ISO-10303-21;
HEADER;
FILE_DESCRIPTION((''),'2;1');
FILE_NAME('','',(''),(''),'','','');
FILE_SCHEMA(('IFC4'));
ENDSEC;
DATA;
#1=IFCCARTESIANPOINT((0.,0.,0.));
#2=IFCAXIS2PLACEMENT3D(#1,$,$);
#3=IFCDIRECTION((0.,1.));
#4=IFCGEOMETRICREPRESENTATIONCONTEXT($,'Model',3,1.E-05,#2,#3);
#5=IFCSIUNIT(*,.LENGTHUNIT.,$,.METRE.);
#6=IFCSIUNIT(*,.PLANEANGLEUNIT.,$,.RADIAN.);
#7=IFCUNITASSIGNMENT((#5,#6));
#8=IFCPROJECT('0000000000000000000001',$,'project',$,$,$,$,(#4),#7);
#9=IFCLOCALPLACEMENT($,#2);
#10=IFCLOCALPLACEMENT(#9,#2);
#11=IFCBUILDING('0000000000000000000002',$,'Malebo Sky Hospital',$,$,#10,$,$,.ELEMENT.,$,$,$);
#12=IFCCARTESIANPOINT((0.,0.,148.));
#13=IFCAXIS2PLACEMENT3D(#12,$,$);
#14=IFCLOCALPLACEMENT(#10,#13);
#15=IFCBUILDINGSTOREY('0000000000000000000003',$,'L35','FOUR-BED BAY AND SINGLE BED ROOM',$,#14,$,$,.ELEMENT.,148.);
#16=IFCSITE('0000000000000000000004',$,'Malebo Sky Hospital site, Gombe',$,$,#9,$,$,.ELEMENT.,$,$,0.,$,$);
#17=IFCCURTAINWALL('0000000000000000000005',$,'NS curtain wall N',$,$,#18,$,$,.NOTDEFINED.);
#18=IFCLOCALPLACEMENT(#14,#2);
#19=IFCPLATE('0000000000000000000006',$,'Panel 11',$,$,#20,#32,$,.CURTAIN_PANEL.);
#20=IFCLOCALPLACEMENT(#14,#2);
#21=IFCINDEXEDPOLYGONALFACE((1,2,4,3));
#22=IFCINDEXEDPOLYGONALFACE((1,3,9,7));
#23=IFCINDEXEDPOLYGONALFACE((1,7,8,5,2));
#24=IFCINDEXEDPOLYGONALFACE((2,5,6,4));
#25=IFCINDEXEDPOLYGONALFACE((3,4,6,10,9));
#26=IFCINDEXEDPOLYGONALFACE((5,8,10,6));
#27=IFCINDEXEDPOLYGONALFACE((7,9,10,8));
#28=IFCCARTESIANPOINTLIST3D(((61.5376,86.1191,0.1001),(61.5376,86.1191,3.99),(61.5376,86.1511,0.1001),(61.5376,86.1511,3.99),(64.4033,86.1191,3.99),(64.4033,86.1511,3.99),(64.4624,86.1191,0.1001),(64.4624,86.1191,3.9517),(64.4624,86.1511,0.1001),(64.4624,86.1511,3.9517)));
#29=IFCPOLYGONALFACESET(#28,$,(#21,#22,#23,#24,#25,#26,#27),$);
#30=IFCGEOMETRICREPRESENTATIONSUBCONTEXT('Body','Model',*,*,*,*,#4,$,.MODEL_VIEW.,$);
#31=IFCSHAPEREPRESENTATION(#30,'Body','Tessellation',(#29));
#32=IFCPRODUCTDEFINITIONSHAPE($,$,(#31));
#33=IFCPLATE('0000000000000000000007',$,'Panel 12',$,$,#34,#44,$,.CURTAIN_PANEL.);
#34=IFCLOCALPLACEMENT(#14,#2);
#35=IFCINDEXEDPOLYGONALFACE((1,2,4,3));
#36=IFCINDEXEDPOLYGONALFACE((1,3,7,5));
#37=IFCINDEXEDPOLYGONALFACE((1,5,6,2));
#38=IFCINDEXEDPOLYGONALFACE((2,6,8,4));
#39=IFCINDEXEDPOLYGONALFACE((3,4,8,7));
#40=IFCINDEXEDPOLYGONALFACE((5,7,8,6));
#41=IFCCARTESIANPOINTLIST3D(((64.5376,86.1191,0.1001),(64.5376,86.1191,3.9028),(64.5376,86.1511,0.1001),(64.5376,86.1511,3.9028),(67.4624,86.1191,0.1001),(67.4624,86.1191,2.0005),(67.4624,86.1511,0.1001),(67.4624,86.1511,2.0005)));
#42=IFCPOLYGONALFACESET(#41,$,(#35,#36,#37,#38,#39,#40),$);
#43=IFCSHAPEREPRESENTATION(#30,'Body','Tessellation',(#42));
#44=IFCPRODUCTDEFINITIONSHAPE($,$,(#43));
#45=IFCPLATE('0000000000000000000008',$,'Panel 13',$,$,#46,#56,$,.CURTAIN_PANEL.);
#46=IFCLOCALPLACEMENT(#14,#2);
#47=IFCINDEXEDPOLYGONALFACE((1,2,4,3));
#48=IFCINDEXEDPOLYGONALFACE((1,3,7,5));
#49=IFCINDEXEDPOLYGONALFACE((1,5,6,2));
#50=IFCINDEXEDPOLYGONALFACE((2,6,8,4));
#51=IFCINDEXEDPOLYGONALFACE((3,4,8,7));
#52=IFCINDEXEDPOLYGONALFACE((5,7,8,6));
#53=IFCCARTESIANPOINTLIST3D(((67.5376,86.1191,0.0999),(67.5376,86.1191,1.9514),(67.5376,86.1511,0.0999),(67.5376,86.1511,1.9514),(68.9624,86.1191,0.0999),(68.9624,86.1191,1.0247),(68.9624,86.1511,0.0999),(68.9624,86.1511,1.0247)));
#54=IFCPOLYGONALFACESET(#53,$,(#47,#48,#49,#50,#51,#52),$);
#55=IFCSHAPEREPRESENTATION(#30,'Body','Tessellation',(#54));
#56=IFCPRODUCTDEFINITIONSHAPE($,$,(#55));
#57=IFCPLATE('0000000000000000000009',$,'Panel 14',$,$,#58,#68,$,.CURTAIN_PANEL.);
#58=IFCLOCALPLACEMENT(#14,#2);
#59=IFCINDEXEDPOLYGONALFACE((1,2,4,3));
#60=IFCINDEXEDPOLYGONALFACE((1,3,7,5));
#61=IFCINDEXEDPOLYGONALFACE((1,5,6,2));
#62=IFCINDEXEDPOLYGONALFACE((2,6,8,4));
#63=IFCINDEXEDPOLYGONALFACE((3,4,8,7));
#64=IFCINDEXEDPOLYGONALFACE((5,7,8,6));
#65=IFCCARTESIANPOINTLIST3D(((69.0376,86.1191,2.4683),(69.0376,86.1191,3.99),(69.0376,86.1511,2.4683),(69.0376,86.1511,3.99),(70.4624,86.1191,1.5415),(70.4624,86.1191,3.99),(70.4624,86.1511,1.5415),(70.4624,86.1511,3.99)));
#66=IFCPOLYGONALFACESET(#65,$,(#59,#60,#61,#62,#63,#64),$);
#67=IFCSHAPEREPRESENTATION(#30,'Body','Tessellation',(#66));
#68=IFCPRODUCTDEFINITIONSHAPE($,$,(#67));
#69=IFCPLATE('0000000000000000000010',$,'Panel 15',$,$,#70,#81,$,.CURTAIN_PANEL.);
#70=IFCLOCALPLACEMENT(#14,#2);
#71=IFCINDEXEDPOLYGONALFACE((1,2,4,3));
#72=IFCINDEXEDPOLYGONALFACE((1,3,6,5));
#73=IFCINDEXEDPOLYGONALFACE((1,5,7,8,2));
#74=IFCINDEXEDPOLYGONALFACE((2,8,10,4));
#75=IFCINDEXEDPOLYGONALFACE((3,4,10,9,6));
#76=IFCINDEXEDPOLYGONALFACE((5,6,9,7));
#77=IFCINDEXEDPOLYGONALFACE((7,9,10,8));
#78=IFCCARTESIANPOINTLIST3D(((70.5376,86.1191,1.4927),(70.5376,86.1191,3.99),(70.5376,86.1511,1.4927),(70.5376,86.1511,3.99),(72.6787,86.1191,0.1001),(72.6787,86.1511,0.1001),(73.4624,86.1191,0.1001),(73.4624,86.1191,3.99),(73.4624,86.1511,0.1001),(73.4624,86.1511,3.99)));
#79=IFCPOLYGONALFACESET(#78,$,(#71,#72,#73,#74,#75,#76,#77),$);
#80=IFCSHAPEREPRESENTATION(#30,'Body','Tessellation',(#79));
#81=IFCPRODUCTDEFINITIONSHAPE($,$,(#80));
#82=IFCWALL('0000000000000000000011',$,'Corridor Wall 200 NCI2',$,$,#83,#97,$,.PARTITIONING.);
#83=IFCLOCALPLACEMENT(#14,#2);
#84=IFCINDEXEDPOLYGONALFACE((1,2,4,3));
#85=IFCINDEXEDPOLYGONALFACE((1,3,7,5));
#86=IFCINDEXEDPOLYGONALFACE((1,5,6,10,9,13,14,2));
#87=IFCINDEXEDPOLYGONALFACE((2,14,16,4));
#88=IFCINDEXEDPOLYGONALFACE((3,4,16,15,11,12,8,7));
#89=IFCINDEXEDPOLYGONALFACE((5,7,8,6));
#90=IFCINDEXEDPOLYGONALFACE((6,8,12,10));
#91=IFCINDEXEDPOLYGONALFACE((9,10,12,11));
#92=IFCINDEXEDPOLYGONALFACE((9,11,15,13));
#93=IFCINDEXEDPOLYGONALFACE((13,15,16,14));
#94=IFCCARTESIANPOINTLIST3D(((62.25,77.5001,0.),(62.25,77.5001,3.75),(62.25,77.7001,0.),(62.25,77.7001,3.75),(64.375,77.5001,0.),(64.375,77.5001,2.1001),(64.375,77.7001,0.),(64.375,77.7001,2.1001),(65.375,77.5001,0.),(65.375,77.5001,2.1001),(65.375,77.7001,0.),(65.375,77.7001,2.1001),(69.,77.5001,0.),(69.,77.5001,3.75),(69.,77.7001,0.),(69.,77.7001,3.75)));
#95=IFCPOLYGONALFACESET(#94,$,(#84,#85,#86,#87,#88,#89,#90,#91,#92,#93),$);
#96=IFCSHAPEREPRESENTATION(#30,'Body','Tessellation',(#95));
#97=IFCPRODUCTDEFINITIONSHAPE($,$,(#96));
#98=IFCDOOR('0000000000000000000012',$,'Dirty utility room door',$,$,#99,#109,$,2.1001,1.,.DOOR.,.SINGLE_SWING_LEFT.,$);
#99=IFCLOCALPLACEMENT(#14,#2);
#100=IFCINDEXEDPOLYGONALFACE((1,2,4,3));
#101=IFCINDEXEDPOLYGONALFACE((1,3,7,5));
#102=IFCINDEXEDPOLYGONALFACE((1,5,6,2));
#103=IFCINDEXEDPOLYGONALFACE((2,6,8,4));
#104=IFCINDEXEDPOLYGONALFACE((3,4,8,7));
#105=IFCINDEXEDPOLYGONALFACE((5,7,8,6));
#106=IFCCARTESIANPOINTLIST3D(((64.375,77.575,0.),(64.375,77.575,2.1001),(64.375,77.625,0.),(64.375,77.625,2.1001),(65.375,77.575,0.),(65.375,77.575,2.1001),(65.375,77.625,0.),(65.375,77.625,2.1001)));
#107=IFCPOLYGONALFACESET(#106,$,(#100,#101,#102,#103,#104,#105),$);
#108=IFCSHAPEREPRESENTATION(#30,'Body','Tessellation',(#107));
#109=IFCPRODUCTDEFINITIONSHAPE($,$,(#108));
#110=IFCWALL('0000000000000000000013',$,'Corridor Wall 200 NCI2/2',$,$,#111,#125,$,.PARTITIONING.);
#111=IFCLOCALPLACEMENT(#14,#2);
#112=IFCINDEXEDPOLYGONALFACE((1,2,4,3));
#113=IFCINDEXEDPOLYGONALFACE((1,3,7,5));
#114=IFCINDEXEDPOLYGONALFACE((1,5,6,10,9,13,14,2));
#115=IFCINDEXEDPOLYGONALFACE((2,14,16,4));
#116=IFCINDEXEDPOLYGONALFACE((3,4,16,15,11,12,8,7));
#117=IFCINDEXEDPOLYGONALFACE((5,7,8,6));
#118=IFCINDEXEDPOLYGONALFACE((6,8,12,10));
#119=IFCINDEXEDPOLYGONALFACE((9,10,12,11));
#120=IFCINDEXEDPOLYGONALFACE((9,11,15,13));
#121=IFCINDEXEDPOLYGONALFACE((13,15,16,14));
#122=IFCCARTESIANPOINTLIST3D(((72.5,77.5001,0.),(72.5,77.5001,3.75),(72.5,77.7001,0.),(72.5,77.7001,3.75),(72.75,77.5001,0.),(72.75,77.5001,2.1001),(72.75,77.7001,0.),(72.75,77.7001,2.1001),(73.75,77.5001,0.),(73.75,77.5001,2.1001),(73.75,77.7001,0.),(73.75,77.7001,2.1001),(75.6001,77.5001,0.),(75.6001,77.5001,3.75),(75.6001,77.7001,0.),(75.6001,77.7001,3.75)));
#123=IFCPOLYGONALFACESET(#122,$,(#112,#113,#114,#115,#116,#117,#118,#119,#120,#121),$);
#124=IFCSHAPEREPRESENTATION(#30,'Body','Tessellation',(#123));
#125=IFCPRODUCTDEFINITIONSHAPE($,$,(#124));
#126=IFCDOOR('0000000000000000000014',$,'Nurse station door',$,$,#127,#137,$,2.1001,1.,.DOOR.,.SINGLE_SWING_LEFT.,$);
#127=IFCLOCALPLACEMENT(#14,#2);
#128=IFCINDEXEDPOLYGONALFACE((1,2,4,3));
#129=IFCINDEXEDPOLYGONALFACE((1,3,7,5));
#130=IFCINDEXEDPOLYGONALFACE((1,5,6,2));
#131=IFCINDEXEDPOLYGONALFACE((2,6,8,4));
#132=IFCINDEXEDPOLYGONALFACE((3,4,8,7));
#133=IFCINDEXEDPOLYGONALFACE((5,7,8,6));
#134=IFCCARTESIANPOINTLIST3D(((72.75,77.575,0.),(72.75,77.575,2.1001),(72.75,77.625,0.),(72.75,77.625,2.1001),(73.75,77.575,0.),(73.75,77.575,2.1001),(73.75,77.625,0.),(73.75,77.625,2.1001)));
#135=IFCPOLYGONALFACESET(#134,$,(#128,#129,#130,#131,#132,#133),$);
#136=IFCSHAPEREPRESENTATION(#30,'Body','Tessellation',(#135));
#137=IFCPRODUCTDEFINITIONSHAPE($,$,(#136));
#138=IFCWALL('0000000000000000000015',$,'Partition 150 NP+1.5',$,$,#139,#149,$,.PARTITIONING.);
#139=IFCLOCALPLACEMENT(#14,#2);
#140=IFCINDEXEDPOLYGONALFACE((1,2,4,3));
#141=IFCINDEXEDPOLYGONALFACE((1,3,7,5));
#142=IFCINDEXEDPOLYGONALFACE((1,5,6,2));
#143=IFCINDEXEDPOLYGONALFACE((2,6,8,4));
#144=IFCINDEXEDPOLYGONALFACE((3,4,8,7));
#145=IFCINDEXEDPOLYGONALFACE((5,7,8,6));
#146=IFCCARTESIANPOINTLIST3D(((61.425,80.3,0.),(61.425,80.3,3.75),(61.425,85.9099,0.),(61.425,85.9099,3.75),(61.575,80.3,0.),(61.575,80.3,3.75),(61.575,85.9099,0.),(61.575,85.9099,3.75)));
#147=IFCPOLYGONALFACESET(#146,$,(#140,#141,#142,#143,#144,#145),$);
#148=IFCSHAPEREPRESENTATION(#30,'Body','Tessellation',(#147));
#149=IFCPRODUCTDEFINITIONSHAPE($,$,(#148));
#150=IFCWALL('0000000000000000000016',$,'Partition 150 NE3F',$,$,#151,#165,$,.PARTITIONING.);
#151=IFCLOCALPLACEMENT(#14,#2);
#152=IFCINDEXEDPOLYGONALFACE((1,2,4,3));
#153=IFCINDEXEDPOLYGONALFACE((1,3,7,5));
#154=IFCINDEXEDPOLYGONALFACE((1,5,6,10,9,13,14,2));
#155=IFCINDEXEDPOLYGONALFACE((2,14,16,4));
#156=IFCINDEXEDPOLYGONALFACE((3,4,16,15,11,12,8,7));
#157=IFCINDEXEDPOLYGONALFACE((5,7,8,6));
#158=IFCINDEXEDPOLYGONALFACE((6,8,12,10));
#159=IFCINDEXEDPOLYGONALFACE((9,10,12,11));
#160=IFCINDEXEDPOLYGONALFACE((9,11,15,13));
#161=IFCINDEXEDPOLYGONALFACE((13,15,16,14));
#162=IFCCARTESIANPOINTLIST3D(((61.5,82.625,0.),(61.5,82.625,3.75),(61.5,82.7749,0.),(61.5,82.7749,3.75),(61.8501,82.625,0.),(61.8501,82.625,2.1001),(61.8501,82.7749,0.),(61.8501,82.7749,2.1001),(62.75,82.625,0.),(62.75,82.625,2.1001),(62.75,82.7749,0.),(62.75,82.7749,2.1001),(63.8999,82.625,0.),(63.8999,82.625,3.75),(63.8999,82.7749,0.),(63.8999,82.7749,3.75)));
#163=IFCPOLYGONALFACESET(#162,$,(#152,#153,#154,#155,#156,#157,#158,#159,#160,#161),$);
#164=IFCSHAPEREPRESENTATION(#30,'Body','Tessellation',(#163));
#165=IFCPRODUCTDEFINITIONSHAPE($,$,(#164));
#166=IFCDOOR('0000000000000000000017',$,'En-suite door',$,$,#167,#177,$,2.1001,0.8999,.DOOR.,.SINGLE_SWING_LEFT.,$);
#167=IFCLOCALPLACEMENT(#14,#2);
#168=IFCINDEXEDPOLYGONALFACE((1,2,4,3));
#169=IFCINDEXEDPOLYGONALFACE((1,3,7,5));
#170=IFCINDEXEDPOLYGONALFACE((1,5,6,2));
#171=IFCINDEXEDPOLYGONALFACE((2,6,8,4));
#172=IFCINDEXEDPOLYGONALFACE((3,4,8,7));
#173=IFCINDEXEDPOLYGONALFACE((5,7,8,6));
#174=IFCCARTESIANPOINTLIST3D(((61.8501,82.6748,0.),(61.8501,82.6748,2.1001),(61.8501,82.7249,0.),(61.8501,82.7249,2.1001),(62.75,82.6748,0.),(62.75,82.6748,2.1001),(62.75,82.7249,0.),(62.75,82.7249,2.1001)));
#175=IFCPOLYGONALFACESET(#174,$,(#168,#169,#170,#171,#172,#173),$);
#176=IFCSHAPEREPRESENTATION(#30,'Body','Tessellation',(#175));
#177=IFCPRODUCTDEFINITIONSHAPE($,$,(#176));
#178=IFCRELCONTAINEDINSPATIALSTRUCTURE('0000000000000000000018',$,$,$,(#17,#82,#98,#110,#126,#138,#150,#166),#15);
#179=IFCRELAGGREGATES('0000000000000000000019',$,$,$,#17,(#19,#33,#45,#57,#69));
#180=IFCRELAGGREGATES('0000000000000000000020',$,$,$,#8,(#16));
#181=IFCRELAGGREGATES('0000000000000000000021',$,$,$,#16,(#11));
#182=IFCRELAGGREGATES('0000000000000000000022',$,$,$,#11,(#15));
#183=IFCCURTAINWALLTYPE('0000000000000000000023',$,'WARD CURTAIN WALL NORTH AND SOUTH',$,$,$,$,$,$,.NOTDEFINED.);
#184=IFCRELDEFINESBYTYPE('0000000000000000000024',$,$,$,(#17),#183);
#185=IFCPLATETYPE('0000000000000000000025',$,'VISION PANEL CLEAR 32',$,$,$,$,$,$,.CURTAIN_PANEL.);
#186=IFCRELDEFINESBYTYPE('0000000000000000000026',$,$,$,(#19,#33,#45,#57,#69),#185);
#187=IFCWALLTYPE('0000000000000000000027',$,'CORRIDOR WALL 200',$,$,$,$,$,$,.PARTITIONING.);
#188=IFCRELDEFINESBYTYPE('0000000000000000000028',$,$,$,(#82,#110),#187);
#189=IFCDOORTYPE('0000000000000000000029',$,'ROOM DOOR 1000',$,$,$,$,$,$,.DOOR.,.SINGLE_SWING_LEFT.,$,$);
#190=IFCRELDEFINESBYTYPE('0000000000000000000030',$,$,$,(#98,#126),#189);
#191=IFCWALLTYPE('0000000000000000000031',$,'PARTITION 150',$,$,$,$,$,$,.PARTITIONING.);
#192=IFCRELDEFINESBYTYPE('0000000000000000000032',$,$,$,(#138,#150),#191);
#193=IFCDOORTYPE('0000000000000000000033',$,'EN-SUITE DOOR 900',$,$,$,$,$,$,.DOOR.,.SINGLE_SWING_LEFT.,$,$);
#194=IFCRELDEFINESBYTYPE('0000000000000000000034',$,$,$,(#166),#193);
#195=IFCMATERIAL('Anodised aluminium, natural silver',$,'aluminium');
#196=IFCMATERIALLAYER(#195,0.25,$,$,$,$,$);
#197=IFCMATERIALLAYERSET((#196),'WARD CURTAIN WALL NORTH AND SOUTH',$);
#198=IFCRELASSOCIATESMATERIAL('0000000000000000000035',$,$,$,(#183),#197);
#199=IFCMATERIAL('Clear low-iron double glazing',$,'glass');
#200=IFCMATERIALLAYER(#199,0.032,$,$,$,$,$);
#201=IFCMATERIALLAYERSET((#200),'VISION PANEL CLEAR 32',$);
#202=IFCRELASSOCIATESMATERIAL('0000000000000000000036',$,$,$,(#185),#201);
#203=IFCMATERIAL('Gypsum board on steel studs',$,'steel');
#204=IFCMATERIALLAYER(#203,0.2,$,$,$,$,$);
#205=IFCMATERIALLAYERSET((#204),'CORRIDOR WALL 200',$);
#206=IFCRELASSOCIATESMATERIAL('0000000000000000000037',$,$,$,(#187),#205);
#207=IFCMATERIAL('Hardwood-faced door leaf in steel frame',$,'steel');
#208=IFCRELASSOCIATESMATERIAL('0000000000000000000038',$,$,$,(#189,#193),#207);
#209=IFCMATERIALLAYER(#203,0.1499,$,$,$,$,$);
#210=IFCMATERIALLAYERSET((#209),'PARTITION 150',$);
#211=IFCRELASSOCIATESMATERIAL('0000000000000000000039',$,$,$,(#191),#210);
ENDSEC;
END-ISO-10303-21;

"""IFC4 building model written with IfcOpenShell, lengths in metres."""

from ifc_helpers import new_model, si_unit, direction, frame, frame_2d, origin, place, context, subcontext, project, spatial, polyline, rectangle, outline, extrude, material, layer, layer_set, type_object, element, fill, aggregate, save


model = new_model("IFC4")

# Units and contexts
model_context = context("Model", 3, precision=1e-05, world=origin(), true_north=direction((0.0, 1.0)))
body_context = subcontext(model_context, "Body", "Model", "MODEL_VIEW")
ifc_project = project(units=[si_unit("LENGTHUNIT", "METRE"), si_unit("PLANEANGLEUNIT", "RADIAN")], contexts=[model_context])

# Site, building, storey
site_placement = place(None, origin())
site = spatial("IfcSite", under=ifc_project, at=site_placement, Name="Malebo Sky Hospital site, Gombe", CompositionType="ELEMENT", RefElevation=0.0)
building_placement = place(site_placement, origin())
building = spatial("IfcBuilding", under=site, at=building_placement, Name="Malebo Sky Hospital", CompositionType="ELEMENT")
storey_placement = place(building_placement, frame((0.0, 0.0, 148.0)))
storey = spatial("IfcBuildingStorey", under=building, at=storey_placement, Name="L35", Description="FOUR-BED BAY AND SINGLE BED ROOM", CompositionType="ELEMENT", Elevation=148.0)

# Curtain wall
ifc_material_1 = material(Name="Anodised aluminium, natural silver", Category="aluminium")
ifc_layer_1 = layer(ifc_material_1, 0.25)
ifc_layer_set_1 = layer_set([ifc_layer_1], Name="WARD CURTAIN WALL NORTH AND SOUTH")
curtain_wall_type = type_object("IfcCurtainWallType", Name="WARD CURTAIN WALL NORTH AND SOUTH", PredefinedType="NOTDEFINED", material=ifc_layer_set_1)
curtain_wall_placement = place(storey_placement, origin())
curtain_wall = element("IfcCurtainWall", 1, at=curtain_wall_placement, inside=storey, type_object=curtain_wall_type, Name="NS curtain wall N", PredefinedType="NOTDEFINED")

# Plates
ifc_material_2 = material(Name="Clear low-iron double glazing", Category="glass")
ifc_layer_2 = layer(ifc_material_2, 0.032)
ifc_layer_set_2 = layer_set([ifc_layer_2], Name="VISION PANEL CLEAR 32")
plate_type = type_object("IfcPlateType", Name="VISION PANEL CLEAR 32", PredefinedType="CURTAIN_PANEL", material=ifc_layer_set_2)
plate_1_placement = place(storey_placement, frame((63.0, 86.135, 0.1001), z_axis=(0.0, 0.0, 1.0), x_axis=(1.0, 0.0, 0.0)))
plate_1 = element("IfcPlate", 2, at=plate_1_placement, type_object=plate_type, Name="Panel 11", PredefinedType="CURTAIN_PANEL", context=body_context, shape_type="SweptSolid", body=[
    extrude(outline(polyline([(-1.4624, 0.0), (1.4624, 0.0), (1.4624, 3.8516), (1.4033, 3.8899), (-1.4624, 3.8899), (-1.4624, 0.0)])), frame((0.0, 0.0161, 0.0), z_axis=(0.0, -1.0, 0.0), x_axis=(1.0, 0.0, 0.0)), (0.0, 0.0, 1.0), 0.032),
])
plate_2_placement = place(storey_placement, frame((66.0, 86.135, 0.1001), z_axis=(0.0, 0.0, 1.0), x_axis=(1.0, 0.0, 0.0)))
plate_2 = element("IfcPlate", 3, at=plate_2_placement, type_object=plate_type, Name="Panel 12", PredefinedType="CURTAIN_PANEL", context=body_context, shape_type="SweptSolid", body=[
    extrude(outline(polyline([(-1.4624, 0.0), (1.4624, 0.0), (1.4624, 1.9004), (-1.4624, 3.8027), (-1.4624, 0.0)])), frame((0.0, 0.0161, 0.0), z_axis=(0.0, -1.0, 0.0), x_axis=(1.0, 0.0, 0.0)), (0.0, 0.0, 1.0), 0.032),
])
plate_3_placement = place(storey_placement, frame((68.25, 86.135, 0.0999), z_axis=(0.0, 0.0, 1.0), x_axis=(1.0, 0.0, 0.0)))
plate_3 = element("IfcPlate", 4, at=plate_3_placement, type_object=plate_type, Name="Panel 13", PredefinedType="CURTAIN_PANEL", context=body_context, shape_type="SweptSolid", body=[
    extrude(outline(polyline([(-0.7124, 0.0), (0.7124, 0.0), (0.7124, 0.9248), (-0.7124, 1.8516), (-0.7124, 0.0)])), frame((0.0, 0.0161, 0.0), z_axis=(0.0, -1.0, 0.0), x_axis=(1.0, 0.0, 0.0)), (0.0, 0.0, 1.0), 0.032),
])
plate_4_placement = place(storey_placement, frame((69.75, 86.135, 1.5415), z_axis=(0.0, 0.0, 1.0), x_axis=(1.0, 0.0, 0.0)))
plate_4 = element("IfcPlate", 5, at=plate_4_placement, type_object=plate_type, Name="Panel 14", PredefinedType="CURTAIN_PANEL", context=body_context, shape_type="SweptSolid", body=[
    extrude(outline(polyline([(0.7124, 0.0), (0.7124, 2.4485), (-0.7124, 2.4485), (-0.7124, 0.9268), (0.7124, 0.0)])), frame((0.0, 0.0161, 0.0), z_axis=(0.0, -1.0, 0.0), x_axis=(1.0, 0.0, 0.0)), (0.0, 0.0, 1.0), 0.032),
])
plate_5_placement = place(storey_placement, frame((72.0, 86.135, 0.1001), z_axis=(0.0, 0.0, 1.0), x_axis=(1.0, 0.0, 0.0)))
plate_5 = element("IfcPlate", 6, at=plate_5_placement, type_object=plate_type, Name="Panel 15", PredefinedType="CURTAIN_PANEL", context=body_context, shape_type="SweptSolid", body=[
    extrude(outline(polyline([(0.6787, 0.0), (1.4624, 0.0), (1.4624, 3.8899), (-1.4624, 3.8899), (-1.4624, 1.3926), (0.6787, 0.0)])), frame((0.0, 0.0161, 0.0), z_axis=(0.0, -1.0, 0.0), x_axis=(1.0, 0.0, 0.0)), (0.0, 0.0, 1.0), 0.032),
])
aggregate(curtain_wall, [plate_1, plate_2, plate_3, plate_4, plate_5])

# Walls, openings, doors
ifc_material_3 = material(Name="Gypsum board on steel studs", Category="steel")
ifc_layer_3 = layer(ifc_material_3, 0.2)
ifc_layer_set_3 = layer_set([ifc_layer_3], Name="CORRIDOR WALL 200")
wall_type_1 = type_object("IfcWallType", Name="CORRIDOR WALL 200", PredefinedType="PARTITIONING", material=ifc_layer_set_3)
wall_1_placement = place(storey_placement, frame((62.25, 77.6001, 0.0), z_axis=(0.0, 0.0, 1.0), x_axis=(1.0, 0.0, 0.0)))
wall_1 = element("IfcWall", 7, at=wall_1_placement, inside=storey, type_object=wall_type_1, Name="Corridor Wall 200 NCI2", PredefinedType="PARTITIONING", context=body_context, shape_type="SweptSolid", body=[
    extrude(rectangle(XDim=6.75, YDim=0.2, at=frame_2d((3.375, 0.0))), origin(), (0.0, 0.0, 1.0), 3.75),
])
opening_1_placement = place(wall_1_placement, frame((2.125, 0.0, 0.0)))
opening_1 = element("IfcOpeningElement", 8, at=opening_1_placement, cuts=wall_1, PredefinedType="OPENING", context=body_context, shape_type="SweptSolid", body=[
    extrude(rectangle(XDim=1.0, YDim=2.1001, at=frame_2d((0.5, 1.05))), frame((0.0, 0.1099, 0.0), z_axis=(0.0, -1.0, 0.0), x_axis=(1.0, 0.0, 0.0)), (0.0, 0.0, 1.0), 0.22),
])
ifc_material_4 = material(Name="Hardwood-faced door leaf in steel frame", Category="steel")
door_type_1 = type_object("IfcDoorType", Name="ROOM DOOR 1000", OperationType="SINGLE_SWING_LEFT", PredefinedType="DOOR", material=ifc_material_4)
door_1_placement = place(opening_1_placement, origin())
door_1 = element("IfcDoor", 9, at=door_1_placement, inside=storey, type_object=door_type_1, Name="Dirty utility room door", OperationType="SINGLE_SWING_LEFT", OverallHeight=2.1001, OverallWidth=1.0, PredefinedType="DOOR", context=body_context, shape_type="SweptSolid", body=[
    extrude(rectangle(XDim=1.0, YDim=2.1001, at=frame_2d((0.5, 1.05))), frame((0.0, 0.0249, 0.0), z_axis=(0.0, -1.0, 0.0), x_axis=(1.0, 0.0, 0.0)), (0.0, 0.0, 1.0), 0.05),
])
fill(opening_1, door_1)
wall_2_placement = place(storey_placement, frame((72.5, 77.6001, 0.0), z_axis=(0.0, 0.0, 1.0), x_axis=(1.0, 0.0, 0.0)))
wall_2 = element("IfcWall", 10, at=wall_2_placement, inside=storey, type_object=wall_type_1, Name="Corridor Wall 200 NCI2/2", PredefinedType="PARTITIONING", context=body_context, shape_type="SweptSolid", body=[
    extrude(rectangle(XDim=3.1001, YDim=0.2, at=frame_2d((1.55, 0.0))), origin(), (0.0, 0.0, 1.0), 3.75),
])
opening_2_placement = place(wall_2_placement, frame((0.25, 0.0, 0.0)))
opening_2 = element("IfcOpeningElement", 11, at=opening_2_placement, cuts=wall_2, PredefinedType="OPENING", context=body_context, shape_type="SweptSolid", body=[
    extrude(rectangle(XDim=1.0, YDim=2.1001, at=frame_2d((0.5, 1.05))), frame((0.0, 0.1099, 0.0), z_axis=(0.0, -1.0, 0.0), x_axis=(1.0, 0.0, 0.0)), (0.0, 0.0, 1.0), 0.22),
])
door_2_placement = place(opening_2_placement, origin())
door_2 = element("IfcDoor", 12, at=door_2_placement, inside=storey, type_object=door_type_1, Name="Nurse station door", OperationType="SINGLE_SWING_LEFT", OverallHeight=2.1001, OverallWidth=1.0, PredefinedType="DOOR", context=body_context, shape_type="SweptSolid", body=[
    extrude(rectangle(XDim=1.0, YDim=2.1001, at=frame_2d((0.5, 1.05))), frame((0.0, 0.0249, 0.0), z_axis=(0.0, -1.0, 0.0), x_axis=(1.0, 0.0, 0.0)), (0.0, 0.0, 1.0), 0.05),
])
fill(opening_2, door_2)

# Wall
ifc_layer_4 = layer(ifc_material_3, 0.1499)
ifc_layer_set_4 = layer_set([ifc_layer_4], Name="PARTITION 150")
wall_type_2 = type_object("IfcWallType", Name="PARTITION 150", PredefinedType="PARTITIONING", material=ifc_layer_set_4)
wall_3_placement = place(storey_placement, frame((61.5, 80.3, 0.0), z_axis=(0.0, 0.0, 1.0), x_axis=(0.0, 1.0, 0.0)))
element("IfcWall", 13, at=wall_3_placement, inside=storey, type_object=wall_type_2, Name="Partition 150 NP+1.5", PredefinedType="PARTITIONING", context=body_context, shape_type="SweptSolid", body=[
    extrude(rectangle(XDim=5.6099, YDim=0.1499, at=frame_2d((2.8049, 0.0))), origin(), (0.0, 0.0, 1.0), 3.75),
])

# Wall, opening, door
wall_4_placement = place(storey_placement, frame((61.5, 82.7, 0.0), z_axis=(0.0, 0.0, 1.0), x_axis=(1.0, 0.0, 0.0)))
wall_4 = element("IfcWall", 14, at=wall_4_placement, inside=storey, type_object=wall_type_2, Name="Partition 150 NE3F", PredefinedType="PARTITIONING", context=body_context, shape_type="SweptSolid", body=[
    extrude(rectangle(XDim=2.3999, YDim=0.1499, at=frame_2d((1.2, 0.0))), origin(), (0.0, 0.0, 1.0), 3.75),
])
opening_3_placement = place(wall_4_placement, frame((0.3501, 0.0, 0.0)))
opening_3 = element("IfcOpeningElement", 15, at=opening_3_placement, cuts=wall_4, PredefinedType="OPENING", context=body_context, shape_type="SweptSolid", body=[
    extrude(rectangle(XDim=0.8999, YDim=2.1001, at=frame_2d((0.45, 1.05))), frame((0.0, 0.085, 0.0), z_axis=(0.0, -1.0, 0.0), x_axis=(1.0, 0.0, 0.0)), (0.0, 0.0, 1.0), 0.1699),
])
door_type_2 = type_object("IfcDoorType", Name="EN-SUITE DOOR 900", OperationType="SINGLE_SWING_LEFT", PredefinedType="DOOR", material=ifc_material_4)
door_3_placement = place(opening_3_placement, origin())
door_3 = element("IfcDoor", 16, at=door_3_placement, inside=storey, type_object=door_type_2, Name="En-suite door", OperationType="SINGLE_SWING_LEFT", OverallHeight=2.1001, OverallWidth=0.8999, PredefinedType="DOOR", context=body_context, shape_type="SweptSolid", body=[
    extrude(rectangle(XDim=0.8999, YDim=2.1001, at=frame_2d((0.45, 1.05))), frame((0.0, 0.0249, 0.0), z_axis=(0.0, -1.0, 0.0), x_axis=(1.0, 0.0, 0.0)), (0.0, 0.0, 1.0), 0.05),
])
fill(opening_3, door_3)

save(model, "model.ifc")
